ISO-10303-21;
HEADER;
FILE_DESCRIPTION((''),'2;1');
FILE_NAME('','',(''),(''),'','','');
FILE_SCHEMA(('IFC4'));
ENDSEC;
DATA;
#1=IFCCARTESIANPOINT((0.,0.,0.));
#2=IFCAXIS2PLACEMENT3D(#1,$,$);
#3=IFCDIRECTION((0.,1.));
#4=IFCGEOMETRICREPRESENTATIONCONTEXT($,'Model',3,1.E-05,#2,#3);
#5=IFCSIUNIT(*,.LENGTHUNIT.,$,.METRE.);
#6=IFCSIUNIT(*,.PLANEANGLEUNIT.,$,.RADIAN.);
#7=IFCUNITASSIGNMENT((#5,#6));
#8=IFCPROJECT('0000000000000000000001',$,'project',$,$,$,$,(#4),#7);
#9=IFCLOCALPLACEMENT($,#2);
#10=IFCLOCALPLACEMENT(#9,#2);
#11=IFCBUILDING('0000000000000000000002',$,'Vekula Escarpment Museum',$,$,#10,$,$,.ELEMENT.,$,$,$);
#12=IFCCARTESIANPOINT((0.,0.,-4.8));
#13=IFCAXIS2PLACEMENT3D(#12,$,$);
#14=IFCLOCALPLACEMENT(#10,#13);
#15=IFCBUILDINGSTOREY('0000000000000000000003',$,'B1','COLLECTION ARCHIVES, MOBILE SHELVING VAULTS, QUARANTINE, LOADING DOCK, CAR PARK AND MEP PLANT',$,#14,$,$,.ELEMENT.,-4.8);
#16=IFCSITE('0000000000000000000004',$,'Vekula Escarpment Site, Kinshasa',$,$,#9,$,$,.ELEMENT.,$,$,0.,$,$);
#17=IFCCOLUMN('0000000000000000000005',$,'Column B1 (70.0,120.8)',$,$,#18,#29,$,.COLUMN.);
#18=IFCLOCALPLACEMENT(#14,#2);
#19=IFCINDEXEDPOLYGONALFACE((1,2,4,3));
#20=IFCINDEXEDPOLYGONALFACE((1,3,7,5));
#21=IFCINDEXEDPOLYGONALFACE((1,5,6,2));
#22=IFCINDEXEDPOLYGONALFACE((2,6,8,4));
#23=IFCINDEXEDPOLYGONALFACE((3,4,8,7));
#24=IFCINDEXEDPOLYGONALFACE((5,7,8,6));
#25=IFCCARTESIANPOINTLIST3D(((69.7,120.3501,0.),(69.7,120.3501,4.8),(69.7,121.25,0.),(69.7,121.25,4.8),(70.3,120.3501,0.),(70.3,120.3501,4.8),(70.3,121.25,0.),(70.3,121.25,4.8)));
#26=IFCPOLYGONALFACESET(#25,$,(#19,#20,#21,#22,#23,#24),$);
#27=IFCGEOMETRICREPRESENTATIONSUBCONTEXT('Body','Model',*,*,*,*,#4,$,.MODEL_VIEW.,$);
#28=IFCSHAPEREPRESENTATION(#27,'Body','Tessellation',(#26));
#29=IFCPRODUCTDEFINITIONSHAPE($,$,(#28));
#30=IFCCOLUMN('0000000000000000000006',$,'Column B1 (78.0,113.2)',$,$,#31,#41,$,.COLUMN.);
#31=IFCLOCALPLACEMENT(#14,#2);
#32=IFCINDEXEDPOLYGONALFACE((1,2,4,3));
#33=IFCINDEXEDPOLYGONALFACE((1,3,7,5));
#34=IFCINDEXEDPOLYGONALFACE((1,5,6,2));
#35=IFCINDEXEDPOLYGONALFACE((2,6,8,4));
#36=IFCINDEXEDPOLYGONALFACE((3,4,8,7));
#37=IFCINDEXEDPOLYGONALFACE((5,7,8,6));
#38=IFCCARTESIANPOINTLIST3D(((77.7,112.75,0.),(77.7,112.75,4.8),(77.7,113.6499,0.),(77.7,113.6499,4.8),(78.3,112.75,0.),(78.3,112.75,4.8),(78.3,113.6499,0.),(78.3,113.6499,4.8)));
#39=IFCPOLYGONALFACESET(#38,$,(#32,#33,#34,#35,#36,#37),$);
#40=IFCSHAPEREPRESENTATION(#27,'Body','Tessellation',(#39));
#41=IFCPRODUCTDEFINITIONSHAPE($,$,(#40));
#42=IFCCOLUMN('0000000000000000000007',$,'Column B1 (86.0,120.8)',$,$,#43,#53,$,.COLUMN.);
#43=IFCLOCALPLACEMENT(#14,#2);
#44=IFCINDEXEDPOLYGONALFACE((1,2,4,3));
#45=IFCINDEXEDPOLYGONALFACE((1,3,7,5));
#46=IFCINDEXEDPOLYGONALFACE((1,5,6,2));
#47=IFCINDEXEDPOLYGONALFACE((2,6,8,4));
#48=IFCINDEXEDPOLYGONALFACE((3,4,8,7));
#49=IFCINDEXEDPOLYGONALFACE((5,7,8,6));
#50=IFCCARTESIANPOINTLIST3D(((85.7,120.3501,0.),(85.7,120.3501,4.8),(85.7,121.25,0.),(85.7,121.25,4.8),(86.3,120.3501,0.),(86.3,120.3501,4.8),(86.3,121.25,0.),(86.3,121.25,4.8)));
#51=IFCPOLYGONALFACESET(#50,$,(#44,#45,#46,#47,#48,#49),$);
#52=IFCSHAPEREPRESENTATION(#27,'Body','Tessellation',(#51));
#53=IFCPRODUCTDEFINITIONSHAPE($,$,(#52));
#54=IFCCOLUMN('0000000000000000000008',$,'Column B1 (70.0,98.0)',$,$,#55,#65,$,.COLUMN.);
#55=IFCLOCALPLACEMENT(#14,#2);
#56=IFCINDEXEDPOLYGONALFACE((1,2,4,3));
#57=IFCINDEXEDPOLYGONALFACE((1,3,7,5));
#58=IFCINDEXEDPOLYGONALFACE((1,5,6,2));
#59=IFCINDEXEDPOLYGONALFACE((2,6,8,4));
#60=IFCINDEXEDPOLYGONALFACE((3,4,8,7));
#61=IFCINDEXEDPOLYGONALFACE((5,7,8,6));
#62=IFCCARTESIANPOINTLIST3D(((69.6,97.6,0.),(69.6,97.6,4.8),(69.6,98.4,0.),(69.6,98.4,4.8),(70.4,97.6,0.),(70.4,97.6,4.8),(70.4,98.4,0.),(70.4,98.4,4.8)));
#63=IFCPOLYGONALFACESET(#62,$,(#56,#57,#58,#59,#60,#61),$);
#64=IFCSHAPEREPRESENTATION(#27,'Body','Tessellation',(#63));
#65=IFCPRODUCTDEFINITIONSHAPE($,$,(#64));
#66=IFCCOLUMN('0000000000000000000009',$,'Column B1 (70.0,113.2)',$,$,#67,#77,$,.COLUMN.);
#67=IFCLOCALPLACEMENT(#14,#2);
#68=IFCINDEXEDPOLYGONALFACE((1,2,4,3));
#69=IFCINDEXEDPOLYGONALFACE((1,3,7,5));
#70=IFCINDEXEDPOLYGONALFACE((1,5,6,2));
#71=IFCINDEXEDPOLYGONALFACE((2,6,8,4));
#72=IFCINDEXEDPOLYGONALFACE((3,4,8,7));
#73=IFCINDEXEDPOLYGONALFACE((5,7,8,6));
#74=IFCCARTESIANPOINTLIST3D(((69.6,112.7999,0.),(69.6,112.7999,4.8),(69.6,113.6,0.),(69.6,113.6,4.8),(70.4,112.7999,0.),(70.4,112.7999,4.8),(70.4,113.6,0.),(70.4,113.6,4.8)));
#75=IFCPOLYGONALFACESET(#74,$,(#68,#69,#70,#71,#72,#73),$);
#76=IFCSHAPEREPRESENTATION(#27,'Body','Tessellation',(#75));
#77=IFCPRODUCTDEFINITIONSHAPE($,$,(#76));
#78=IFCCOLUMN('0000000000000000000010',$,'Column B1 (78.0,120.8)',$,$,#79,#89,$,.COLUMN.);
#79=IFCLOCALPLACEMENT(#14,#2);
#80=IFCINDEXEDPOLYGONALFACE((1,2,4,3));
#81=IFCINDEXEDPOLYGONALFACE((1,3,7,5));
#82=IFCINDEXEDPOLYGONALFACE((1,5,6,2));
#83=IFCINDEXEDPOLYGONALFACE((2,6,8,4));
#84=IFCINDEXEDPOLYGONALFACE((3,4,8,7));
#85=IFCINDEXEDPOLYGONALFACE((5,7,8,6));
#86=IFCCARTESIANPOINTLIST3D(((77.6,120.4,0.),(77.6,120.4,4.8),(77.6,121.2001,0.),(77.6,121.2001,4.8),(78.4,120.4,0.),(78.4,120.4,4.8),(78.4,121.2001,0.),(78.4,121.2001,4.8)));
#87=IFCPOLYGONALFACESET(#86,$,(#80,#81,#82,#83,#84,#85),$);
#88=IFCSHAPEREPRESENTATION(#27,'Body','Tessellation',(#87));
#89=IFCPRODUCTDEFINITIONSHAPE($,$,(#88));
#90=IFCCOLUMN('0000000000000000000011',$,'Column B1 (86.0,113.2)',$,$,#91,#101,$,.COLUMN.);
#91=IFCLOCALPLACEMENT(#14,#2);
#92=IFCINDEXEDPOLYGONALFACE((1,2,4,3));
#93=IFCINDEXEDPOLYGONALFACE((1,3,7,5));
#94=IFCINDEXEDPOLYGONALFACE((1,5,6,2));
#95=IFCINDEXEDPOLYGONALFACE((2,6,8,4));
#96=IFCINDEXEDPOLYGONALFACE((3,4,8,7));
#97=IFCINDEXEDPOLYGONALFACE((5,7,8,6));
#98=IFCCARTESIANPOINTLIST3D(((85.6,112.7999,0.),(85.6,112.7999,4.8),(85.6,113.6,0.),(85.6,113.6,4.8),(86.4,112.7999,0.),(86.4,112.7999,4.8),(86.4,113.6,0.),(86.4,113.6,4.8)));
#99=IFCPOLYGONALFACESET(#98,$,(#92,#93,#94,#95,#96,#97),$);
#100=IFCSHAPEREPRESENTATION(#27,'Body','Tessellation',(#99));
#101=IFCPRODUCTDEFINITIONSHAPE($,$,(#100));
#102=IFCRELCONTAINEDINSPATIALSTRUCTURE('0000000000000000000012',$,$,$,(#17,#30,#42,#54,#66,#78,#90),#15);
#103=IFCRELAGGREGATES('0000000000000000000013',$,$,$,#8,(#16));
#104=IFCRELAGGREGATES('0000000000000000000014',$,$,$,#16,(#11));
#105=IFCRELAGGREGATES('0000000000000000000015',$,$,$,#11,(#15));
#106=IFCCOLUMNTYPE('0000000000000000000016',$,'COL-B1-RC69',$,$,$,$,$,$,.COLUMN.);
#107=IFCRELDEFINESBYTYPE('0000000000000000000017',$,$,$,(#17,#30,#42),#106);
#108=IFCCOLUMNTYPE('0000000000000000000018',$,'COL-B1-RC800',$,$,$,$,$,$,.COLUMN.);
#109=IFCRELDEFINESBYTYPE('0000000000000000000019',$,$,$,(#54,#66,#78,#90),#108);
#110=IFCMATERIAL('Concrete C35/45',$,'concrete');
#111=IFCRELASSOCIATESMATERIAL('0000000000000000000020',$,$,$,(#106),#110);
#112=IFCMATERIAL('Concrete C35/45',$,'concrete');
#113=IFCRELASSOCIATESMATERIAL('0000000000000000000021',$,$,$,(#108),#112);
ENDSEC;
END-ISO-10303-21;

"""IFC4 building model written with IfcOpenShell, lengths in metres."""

from ifc_helpers import new_model, si_unit, direction, frame, origin, origin_2d, place, context, subcontext, project, spatial, rectangle, extrude, material, material_profile, profile_set, type_object, element, save


model = new_model("IFC4")

# Units and contexts
model_context = context("Model", 3, precision=1e-05, world=origin(), true_north=direction((0.0, 1.0)))
body_context = subcontext(model_context, "Body", "Model", "MODEL_VIEW")
ifc_project = project(units=[si_unit("LENGTHUNIT", "METRE"), si_unit("PLANEANGLEUNIT", "RADIAN")], contexts=[model_context])

# Site, building, storey
site_placement = place(None, origin())
site = spatial("IfcSite", under=ifc_project, at=site_placement, Name="Vekula Escarpment Site, Kinshasa", CompositionType="ELEMENT", RefElevation=0.0)
building_placement = place(site_placement, origin())
building = spatial("IfcBuilding", under=site, at=building_placement, Name="Vekula Escarpment Museum", CompositionType="ELEMENT")
storey_placement = place(building_placement, frame((0.0, 0.0, -4.8)))
storey = spatial("IfcBuildingStorey", under=building, at=storey_placement, Name="B1", Description="COLLECTION ARCHIVES, MOBILE SHELVING VAULTS, QUARANTINE, LOADING DOCK, CAR PARK AND MEP PLANT", CompositionType="ELEMENT", Elevation=-4.8)

# Columns
ifc_material_1 = material(Name="Concrete C35/45", Category="concrete")
ifc_material_profile_1 = material_profile(ifc_material_1, rectangle(XDim=0.6001, YDim=0.8999, at=origin_2d()), Name="RC 600x900")
ifc_profile_set_1 = profile_set([ifc_material_profile_1], Name="Concrete C35/45")
column_type_1 = type_object("IfcColumnType", Name="COL-B1-RC69", PredefinedType="COLUMN", material=ifc_profile_set_1)
for number, where, z_axis, x_axis, name in (
    (1, (70.0, 120.8, 0.0), (0.0, 0.0, 1.0), (1.0, 0.0, 0.0), "Column B1 (70.0,120.8)"),
    (2, (78.0, 113.2, 0.0), (0.0, 0.0, 1.0), (1.0, 0.0, 0.0), "Column B1 (78.0,113.2)"),
    (3, (86.0, 120.8, 0.0), (0.0, 0.0, 1.0), (1.0, 0.0, 0.0), "Column B1 (86.0,120.8)"),
):
    element("IfcColumn", number, at=place(storey_placement, frame(where, z_axis=z_axis, x_axis=x_axis)), inside=storey, type_object=column_type_1, Name=name, PredefinedType="COLUMN", context=body_context, shape_type="SweptSolid", body=[
        extrude(rectangle(XDim=0.6001, YDim=0.8999, at=origin_2d()), origin(), (0.0, 0.0, 1.0), 4.8),
    ])
ifc_material_2 = material(Name="Concrete C35/45", Category="concrete")
ifc_material_profile_2 = material_profile(ifc_material_2, rectangle(XDim=0.8, YDim=0.8, at=origin_2d()), Name="RC 800x800")
ifc_profile_set_2 = profile_set([ifc_material_profile_2], Name="Concrete C35/45")
column_type_2 = type_object("IfcColumnType", Name="COL-B1-RC800", PredefinedType="COLUMN", material=ifc_profile_set_2)
for number, where, z_axis, x_axis, name in (
    (4, (70.0, 98.0, 0.0), (0.0, 0.0, 1.0), (1.0, 0.0, 0.0), "Column B1 (70.0,98.0)"),
    (5, (70.0, 113.2, 0.0), (0.0, 0.0, 1.0), (1.0, 0.0, 0.0), "Column B1 (70.0,113.2)"),
    (6, (78.0, 120.8, 0.0), (0.0, 0.0, 1.0), (1.0, 0.0, 0.0), "Column B1 (78.0,120.8)"),
    (7, (86.0, 113.2, 0.0), (0.0, 0.0, 1.0), (1.0, 0.0, 0.0), "Column B1 (86.0,113.2)"),
):
    element("IfcColumn", number, at=place(storey_placement, frame(where, z_axis=z_axis, x_axis=x_axis)), inside=storey, type_object=column_type_2, Name=name, PredefinedType="COLUMN", context=body_context, shape_type="SweptSolid", body=[
        extrude(rectangle(XDim=0.8, YDim=0.8, at=origin_2d()), origin(), (0.0, 0.0, 1.0), 4.8),
    ])

save(model, "model.ifc")
